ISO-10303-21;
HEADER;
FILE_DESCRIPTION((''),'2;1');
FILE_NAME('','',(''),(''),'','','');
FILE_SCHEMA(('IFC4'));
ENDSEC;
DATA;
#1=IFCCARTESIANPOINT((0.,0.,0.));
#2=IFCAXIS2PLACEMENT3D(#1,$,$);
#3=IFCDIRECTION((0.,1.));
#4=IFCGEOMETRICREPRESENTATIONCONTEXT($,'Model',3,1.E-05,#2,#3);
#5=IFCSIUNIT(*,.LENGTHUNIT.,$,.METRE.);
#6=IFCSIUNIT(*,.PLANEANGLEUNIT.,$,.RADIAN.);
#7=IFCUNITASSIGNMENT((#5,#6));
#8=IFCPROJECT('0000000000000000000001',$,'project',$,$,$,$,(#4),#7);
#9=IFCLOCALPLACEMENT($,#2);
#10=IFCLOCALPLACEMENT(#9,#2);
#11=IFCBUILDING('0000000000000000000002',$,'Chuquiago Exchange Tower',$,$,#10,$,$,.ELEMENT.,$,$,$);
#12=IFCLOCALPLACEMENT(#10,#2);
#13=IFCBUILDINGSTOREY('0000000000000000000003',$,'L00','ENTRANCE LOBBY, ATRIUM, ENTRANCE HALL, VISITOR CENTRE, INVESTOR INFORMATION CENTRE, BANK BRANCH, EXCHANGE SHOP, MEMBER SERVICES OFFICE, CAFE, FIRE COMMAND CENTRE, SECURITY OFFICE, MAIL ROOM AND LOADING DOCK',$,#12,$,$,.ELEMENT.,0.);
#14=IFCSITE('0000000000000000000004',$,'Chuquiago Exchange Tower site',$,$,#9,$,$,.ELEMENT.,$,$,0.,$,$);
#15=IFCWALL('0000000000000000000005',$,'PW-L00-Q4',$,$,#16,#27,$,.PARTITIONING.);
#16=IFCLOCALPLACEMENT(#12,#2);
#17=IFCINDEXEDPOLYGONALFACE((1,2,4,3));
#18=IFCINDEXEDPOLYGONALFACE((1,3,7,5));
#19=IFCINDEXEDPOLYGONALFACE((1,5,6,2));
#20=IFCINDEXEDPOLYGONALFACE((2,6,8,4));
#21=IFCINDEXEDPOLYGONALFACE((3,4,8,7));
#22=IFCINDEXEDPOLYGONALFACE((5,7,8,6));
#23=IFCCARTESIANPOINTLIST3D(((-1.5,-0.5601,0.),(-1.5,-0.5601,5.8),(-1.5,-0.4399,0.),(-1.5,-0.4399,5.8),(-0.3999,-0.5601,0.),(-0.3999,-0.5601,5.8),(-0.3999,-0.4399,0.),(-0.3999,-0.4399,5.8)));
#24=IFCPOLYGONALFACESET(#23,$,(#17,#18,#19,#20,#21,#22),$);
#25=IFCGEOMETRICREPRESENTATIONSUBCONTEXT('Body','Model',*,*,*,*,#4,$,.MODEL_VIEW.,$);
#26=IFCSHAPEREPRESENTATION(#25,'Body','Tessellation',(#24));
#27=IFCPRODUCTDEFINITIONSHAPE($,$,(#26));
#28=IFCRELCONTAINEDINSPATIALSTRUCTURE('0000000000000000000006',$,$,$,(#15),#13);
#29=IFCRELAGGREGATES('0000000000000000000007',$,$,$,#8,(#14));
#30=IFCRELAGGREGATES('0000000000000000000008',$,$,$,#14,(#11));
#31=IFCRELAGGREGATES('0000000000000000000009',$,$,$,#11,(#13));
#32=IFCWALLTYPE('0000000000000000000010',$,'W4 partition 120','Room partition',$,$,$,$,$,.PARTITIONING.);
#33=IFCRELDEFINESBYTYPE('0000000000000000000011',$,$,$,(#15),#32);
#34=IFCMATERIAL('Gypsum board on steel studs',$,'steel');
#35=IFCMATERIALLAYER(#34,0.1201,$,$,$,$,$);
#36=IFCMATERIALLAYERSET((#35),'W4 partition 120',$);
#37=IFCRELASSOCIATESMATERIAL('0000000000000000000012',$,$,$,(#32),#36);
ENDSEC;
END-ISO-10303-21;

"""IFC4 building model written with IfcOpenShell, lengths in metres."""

from ifc_helpers import new_model, si_unit, direction, frame, frame_2d, origin, place, context, subcontext, project, spatial, rectangle, extrude, material, layer, layer_set, type_object, element, save


model = new_model("IFC4")

# Units and contexts
model_context = context("Model", 3, precision=1e-05, world=origin(), true_north=direction((0.0, 1.0)))
body_context = subcontext(model_context, "Body", "Model", "MODEL_VIEW")
ifc_project = project(units=[si_unit("LENGTHUNIT", "METRE"), si_unit("PLANEANGLEUNIT", "RADIAN")], contexts=[model_context])

# Site, building, storey
site_placement = place(None, origin())
site = spatial("IfcSite", under=ifc_project, at=site_placement, Name="Chuquiago Exchange Tower site", CompositionType="ELEMENT", RefElevation=0.0)
building_placement = place(site_placement, origin())
building = spatial("IfcBuilding", under=site, at=building_placement, Name="Chuquiago Exchange Tower", CompositionType="ELEMENT")
storey_placement = place(building_placement, origin())
storey = spatial("IfcBuildingStorey", under=building, at=storey_placement, Name="L00", Description="ENTRANCE LOBBY, ATRIUM, ENTRANCE HALL, VISITOR CENTRE, INVESTOR INFORMATION CENTRE, BANK BRANCH, EXCHANGE SHOP, MEMBER SERVICES OFFICE, CAFE, FIRE COMMAND CENTRE, SECURITY OFFICE, MAIL ROOM AND LOADING DOCK", CompositionType="ELEMENT", Elevation=0.0)

# Shared definitions
ifc_material_1 = material(Name="Gypsum board on steel studs", Category="steel")
ifc_layer = layer(ifc_material_1, 0.1201)
ifc_layer_set = layer_set([ifc_layer], Name="W4 partition 120")
wall_type = type_object("IfcWallType", Name="W4 partition 120", Description="Room partition", PredefinedType="PARTITIONING", material=ifc_layer_set)

# Wall
wall_1_placement = place(storey_placement, frame((-1.5, -0.5, 0.0), z_axis=(0.0, 0.0, 1.0), x_axis=(1.0, 0.0, 0.0)))
element("IfcWall", 1, at=wall_1_placement, inside=storey, type_object=wall_type, Name="PW-L00-Q4", PredefinedType="PARTITIONING", context=body_context, shape_type="SweptSolid", body=[
    extrude(rectangle(XDim=1.1001, YDim=0.1201, at=frame_2d((0.55, 0.0))), origin(), (0.0, 0.0, 1.0), 5.8),
])

save(model, "model.ifc")
